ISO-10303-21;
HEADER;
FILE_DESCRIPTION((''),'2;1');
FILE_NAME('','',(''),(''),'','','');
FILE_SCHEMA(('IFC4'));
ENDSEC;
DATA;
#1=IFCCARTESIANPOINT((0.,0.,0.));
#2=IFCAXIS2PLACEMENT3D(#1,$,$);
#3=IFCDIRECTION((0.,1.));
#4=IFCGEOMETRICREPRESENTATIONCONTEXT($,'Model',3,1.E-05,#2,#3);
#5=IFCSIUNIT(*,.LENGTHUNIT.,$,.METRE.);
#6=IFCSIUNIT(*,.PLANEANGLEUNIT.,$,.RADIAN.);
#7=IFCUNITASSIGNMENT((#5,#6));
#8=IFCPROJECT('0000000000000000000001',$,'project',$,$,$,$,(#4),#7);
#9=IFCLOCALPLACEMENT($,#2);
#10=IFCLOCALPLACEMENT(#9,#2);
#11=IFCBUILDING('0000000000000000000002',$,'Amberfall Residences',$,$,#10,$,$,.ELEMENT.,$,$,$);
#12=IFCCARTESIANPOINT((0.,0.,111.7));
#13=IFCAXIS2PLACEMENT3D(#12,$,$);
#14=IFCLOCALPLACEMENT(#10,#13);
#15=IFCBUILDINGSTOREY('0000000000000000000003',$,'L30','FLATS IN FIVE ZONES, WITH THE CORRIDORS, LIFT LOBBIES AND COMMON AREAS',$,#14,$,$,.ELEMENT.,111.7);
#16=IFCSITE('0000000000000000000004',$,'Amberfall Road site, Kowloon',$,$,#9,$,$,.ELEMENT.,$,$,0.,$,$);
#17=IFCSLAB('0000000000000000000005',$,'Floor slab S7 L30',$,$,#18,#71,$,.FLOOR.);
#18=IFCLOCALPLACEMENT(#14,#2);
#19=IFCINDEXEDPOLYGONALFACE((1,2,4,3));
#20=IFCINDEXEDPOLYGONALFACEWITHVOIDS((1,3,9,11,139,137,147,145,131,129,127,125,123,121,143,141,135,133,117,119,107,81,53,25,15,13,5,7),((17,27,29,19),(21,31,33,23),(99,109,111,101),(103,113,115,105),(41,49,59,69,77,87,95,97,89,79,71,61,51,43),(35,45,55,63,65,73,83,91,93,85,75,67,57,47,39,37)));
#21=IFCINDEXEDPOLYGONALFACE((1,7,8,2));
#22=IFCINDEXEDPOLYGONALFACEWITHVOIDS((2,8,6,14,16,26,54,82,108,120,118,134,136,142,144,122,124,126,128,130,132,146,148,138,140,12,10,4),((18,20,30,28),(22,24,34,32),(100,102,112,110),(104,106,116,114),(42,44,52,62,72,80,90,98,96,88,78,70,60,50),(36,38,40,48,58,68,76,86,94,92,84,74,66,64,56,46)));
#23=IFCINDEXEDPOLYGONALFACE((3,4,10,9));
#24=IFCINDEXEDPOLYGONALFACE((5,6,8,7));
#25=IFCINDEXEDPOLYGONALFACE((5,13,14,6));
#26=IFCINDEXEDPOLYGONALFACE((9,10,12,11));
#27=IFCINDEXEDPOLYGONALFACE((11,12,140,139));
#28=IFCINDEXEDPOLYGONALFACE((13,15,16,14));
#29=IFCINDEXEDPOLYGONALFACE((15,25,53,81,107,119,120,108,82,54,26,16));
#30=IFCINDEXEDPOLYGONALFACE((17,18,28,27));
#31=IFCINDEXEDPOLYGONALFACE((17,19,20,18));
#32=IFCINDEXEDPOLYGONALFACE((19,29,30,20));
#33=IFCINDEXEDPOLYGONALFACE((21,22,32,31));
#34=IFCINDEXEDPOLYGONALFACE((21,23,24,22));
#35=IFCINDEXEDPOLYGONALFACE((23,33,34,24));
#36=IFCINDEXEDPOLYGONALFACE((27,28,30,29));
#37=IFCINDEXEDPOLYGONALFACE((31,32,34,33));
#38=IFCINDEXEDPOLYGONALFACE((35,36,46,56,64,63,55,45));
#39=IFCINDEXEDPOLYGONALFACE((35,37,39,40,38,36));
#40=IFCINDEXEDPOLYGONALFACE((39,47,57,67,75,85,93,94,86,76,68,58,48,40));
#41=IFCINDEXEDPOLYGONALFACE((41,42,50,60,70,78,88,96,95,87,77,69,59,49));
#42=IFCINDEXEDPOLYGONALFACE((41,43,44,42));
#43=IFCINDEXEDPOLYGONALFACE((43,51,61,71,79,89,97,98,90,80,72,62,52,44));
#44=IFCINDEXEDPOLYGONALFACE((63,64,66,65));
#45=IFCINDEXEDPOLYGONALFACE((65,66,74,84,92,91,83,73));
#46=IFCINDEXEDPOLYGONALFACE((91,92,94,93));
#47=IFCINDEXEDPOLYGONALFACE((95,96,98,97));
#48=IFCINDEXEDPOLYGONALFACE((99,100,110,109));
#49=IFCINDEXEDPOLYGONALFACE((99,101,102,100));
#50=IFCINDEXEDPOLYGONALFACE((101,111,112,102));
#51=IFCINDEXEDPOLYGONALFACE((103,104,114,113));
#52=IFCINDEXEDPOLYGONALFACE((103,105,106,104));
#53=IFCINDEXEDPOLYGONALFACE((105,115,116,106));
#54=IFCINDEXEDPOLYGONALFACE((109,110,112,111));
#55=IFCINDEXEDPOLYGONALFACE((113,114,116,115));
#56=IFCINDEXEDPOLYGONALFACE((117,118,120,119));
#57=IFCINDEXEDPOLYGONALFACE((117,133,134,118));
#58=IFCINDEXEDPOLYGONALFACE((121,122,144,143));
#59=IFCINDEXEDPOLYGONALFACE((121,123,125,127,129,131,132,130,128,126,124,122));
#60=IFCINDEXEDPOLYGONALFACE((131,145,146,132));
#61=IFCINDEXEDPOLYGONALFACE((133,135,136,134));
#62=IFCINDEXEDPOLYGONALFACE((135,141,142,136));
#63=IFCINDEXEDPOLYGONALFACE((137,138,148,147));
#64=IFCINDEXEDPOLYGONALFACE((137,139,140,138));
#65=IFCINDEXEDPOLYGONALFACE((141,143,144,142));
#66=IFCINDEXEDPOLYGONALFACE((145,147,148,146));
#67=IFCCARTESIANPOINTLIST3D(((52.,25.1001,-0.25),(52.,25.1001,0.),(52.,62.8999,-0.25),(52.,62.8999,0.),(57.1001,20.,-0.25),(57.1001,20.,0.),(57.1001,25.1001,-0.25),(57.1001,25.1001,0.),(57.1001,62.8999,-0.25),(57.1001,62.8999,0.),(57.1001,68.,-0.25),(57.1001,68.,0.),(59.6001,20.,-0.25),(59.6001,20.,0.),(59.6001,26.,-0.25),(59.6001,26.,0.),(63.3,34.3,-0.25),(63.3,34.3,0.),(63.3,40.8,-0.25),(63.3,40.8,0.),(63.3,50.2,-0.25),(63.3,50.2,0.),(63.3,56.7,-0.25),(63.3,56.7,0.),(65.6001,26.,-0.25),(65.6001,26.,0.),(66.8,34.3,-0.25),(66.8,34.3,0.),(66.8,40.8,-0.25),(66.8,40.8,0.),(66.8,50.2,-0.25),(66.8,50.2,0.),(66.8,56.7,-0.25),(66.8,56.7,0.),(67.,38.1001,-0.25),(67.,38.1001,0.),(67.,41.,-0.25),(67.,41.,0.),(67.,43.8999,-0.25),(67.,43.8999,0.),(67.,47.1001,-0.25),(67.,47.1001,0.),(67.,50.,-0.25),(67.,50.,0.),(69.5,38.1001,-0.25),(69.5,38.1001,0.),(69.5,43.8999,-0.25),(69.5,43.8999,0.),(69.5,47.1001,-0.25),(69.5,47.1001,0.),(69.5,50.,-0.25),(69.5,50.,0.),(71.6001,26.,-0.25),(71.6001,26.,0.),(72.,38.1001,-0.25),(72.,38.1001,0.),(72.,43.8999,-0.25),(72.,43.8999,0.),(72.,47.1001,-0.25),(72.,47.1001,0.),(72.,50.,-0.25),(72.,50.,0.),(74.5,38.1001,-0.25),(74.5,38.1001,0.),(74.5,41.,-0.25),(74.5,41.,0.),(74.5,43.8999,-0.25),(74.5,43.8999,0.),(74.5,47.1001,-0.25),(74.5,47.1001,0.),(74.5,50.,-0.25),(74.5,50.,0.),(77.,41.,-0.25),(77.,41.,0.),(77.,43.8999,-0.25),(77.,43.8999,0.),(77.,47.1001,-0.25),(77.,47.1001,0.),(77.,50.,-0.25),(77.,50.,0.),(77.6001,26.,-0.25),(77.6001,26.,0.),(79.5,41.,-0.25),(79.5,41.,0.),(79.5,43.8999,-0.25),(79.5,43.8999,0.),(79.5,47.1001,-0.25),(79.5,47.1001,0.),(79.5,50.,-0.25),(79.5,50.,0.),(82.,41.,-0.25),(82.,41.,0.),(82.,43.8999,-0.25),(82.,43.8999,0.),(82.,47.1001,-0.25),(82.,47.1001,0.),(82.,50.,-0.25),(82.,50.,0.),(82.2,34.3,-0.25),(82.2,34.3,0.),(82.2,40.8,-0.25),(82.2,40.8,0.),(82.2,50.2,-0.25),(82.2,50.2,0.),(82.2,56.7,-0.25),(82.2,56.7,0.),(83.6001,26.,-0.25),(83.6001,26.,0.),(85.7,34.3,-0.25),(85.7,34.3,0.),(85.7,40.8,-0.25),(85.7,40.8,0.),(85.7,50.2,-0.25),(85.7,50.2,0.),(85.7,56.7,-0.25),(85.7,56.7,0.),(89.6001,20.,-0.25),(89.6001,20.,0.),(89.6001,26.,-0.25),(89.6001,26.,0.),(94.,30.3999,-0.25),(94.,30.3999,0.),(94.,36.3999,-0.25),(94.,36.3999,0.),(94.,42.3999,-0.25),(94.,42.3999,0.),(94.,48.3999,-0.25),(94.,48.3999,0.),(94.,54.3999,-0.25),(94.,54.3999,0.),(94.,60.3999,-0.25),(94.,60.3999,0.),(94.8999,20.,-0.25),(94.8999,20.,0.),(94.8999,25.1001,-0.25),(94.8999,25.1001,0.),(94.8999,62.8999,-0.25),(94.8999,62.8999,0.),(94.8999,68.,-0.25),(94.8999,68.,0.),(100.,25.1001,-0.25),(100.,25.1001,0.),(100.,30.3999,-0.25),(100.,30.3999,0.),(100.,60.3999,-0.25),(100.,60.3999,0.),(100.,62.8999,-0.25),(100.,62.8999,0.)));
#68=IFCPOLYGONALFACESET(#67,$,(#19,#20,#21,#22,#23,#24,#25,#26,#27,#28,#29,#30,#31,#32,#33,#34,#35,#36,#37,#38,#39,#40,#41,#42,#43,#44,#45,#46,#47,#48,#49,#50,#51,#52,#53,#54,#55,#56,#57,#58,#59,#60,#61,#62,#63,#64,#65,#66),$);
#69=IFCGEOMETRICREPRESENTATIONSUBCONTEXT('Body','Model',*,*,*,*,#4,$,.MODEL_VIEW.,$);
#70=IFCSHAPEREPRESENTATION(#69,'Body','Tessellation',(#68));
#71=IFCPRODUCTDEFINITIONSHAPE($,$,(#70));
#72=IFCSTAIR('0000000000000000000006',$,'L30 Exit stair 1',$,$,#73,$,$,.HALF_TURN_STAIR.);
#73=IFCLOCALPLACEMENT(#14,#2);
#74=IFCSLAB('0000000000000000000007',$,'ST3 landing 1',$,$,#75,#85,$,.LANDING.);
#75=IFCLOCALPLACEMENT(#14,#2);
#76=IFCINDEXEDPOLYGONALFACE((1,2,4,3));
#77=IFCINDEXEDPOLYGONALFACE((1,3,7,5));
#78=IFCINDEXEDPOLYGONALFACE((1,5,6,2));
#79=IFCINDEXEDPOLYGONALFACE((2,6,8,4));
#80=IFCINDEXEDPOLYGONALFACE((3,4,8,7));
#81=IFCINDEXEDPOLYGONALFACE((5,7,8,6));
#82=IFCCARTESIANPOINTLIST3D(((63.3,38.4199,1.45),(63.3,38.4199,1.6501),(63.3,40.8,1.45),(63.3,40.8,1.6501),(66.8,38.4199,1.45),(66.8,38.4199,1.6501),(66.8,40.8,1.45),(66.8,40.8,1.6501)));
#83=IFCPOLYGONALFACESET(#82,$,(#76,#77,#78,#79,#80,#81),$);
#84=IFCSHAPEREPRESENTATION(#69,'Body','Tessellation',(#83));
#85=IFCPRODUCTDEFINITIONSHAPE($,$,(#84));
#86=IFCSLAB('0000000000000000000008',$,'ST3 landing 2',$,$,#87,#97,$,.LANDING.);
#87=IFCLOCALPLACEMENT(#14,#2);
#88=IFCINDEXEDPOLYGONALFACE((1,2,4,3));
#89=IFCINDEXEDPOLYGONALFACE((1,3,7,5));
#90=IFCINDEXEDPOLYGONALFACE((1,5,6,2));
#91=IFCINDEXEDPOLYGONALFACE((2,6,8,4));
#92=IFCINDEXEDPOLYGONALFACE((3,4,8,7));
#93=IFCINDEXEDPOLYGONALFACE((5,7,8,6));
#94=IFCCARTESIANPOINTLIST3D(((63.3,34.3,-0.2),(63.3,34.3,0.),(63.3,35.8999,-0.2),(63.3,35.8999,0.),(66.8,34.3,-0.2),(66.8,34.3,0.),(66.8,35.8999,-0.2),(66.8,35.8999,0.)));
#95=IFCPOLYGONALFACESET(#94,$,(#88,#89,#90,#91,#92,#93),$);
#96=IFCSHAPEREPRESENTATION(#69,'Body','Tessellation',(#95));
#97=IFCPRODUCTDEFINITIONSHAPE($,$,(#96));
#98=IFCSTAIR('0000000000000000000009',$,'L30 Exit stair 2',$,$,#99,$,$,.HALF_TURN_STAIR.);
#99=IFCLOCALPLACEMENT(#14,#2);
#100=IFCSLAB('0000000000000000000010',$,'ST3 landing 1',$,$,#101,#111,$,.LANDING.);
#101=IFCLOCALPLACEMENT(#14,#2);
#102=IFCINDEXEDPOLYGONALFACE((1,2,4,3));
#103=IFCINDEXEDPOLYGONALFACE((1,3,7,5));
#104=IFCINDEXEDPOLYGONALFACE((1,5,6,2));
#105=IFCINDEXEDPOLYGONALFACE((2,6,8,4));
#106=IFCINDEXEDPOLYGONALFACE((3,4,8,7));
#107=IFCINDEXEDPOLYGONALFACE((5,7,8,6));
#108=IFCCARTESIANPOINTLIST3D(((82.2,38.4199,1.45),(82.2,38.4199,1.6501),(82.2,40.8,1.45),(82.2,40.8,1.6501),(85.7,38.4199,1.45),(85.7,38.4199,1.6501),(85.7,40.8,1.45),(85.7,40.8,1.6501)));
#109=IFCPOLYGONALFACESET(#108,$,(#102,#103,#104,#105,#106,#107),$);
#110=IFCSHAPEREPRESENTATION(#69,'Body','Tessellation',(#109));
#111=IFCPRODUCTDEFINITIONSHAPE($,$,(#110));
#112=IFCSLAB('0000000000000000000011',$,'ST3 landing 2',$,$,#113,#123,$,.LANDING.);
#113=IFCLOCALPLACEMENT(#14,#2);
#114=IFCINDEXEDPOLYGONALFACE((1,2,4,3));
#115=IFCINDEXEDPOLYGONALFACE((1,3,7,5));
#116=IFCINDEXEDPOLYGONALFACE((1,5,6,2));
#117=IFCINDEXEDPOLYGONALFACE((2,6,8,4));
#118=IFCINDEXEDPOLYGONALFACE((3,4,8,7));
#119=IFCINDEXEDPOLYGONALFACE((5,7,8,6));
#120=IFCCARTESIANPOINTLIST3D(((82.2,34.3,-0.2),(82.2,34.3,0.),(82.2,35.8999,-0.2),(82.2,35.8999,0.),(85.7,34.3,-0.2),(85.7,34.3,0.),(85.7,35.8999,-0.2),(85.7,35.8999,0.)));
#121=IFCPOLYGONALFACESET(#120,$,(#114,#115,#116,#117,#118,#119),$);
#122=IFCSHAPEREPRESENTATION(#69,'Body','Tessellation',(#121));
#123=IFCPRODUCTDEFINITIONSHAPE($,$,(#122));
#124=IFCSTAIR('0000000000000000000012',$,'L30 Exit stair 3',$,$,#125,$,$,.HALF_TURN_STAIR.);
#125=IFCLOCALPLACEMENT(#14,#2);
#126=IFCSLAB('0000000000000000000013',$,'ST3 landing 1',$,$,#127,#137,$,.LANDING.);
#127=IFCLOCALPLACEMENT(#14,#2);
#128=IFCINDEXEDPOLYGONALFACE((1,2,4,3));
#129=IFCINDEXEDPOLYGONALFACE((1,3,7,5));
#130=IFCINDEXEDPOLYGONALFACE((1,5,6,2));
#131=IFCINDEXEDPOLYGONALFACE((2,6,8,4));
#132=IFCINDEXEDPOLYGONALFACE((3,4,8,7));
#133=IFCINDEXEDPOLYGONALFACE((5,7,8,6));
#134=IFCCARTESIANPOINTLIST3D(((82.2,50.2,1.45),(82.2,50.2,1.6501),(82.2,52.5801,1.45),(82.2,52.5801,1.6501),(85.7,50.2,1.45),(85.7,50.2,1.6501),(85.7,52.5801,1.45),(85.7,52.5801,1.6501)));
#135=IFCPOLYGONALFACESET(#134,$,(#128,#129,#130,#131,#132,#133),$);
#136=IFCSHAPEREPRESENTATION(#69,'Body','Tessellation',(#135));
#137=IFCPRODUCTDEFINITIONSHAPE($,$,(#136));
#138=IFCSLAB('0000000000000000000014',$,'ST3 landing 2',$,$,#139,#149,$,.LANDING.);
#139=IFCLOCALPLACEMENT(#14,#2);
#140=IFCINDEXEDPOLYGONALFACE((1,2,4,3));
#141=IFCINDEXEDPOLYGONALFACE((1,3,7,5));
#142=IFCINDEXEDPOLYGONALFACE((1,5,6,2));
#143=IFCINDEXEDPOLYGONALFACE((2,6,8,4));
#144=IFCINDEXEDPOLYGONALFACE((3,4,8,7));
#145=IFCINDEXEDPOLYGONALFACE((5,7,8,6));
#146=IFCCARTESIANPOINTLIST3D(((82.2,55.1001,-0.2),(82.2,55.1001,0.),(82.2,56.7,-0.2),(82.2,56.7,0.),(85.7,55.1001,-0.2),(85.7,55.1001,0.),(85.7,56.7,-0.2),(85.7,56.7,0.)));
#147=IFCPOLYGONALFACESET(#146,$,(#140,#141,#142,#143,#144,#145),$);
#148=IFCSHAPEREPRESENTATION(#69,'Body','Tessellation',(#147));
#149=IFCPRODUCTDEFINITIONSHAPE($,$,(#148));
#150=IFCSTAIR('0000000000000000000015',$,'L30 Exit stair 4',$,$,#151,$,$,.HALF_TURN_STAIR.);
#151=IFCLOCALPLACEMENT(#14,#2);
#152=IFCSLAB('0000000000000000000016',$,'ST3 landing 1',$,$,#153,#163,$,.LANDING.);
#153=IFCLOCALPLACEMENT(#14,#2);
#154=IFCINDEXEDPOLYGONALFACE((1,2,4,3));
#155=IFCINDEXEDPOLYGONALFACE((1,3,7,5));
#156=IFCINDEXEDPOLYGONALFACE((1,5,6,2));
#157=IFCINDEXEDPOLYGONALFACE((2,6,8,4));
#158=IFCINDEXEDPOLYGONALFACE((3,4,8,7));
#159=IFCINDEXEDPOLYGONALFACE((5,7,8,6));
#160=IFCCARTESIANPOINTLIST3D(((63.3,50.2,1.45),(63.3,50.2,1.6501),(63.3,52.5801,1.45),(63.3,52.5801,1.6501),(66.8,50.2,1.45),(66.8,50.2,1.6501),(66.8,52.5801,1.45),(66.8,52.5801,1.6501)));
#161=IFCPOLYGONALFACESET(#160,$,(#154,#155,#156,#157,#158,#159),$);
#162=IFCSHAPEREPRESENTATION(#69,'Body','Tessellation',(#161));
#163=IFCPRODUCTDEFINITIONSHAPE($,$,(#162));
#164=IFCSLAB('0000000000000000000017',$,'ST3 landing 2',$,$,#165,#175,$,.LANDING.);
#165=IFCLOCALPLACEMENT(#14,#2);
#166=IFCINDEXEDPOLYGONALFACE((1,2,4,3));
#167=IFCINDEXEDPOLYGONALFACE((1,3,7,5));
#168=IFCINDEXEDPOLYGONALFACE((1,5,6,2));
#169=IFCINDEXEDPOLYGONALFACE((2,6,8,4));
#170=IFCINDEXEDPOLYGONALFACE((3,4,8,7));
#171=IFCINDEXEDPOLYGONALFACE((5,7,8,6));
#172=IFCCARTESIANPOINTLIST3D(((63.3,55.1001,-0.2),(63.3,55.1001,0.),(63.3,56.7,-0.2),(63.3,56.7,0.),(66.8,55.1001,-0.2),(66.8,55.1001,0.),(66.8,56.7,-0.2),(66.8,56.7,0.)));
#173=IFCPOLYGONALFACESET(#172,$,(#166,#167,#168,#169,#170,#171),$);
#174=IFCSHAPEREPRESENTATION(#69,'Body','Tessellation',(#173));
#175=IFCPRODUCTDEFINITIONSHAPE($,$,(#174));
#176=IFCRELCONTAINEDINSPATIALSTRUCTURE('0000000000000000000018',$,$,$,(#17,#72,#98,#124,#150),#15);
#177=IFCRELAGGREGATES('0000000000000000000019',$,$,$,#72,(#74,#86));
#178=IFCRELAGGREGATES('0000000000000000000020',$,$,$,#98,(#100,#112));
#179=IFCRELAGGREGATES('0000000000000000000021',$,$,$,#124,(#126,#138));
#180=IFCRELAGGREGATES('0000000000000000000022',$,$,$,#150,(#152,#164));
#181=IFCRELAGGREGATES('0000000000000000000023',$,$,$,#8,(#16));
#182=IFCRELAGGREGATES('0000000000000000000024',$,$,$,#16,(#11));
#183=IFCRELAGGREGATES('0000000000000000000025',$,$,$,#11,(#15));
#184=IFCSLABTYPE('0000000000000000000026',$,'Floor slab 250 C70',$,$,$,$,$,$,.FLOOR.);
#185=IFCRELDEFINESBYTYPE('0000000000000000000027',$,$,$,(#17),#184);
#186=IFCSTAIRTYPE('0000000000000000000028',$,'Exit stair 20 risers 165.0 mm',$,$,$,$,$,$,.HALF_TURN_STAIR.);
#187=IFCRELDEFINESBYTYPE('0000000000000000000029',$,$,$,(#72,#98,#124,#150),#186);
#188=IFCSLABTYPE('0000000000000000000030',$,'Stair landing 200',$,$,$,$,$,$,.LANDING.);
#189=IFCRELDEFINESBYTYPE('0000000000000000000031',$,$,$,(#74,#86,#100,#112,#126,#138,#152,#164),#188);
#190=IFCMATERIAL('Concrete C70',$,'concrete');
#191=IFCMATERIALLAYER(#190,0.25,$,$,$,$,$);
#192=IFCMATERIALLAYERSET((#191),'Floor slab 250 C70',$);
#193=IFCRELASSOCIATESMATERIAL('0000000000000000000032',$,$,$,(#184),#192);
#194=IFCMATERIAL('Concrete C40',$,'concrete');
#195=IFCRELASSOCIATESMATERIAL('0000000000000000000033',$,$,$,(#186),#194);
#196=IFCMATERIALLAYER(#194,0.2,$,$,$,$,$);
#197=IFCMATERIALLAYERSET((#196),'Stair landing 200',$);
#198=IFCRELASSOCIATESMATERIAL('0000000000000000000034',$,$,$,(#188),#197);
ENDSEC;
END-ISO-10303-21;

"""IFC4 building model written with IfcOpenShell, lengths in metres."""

from ifc_helpers import new_model, si_unit, direction, frame, origin, place, context, subcontext, project, spatial, polyline, outline, extrude, material, layer, layer_set, type_object, element, aggregate, save


model = new_model("IFC4")

# Units and contexts
model_context = context("Model", 3, precision=1e-05, world=origin(), true_north=direction((0.0, 1.0)))
body_context = subcontext(model_context, "Body", "Model", "MODEL_VIEW")
ifc_project = project(units=[si_unit("LENGTHUNIT", "METRE"), si_unit("PLANEANGLEUNIT", "RADIAN")], contexts=[model_context])

# Site, building, storey
site_placement = place(None, origin())
site = spatial("IfcSite", under=ifc_project, at=site_placement, Name="Amberfall Road site, Kowloon", CompositionType="ELEMENT", RefElevation=0.0)
building_placement = place(site_placement, origin())
building = spatial("IfcBuilding", under=site, at=building_placement, Name="Amberfall Residences", CompositionType="ELEMENT")
storey_placement = place(building_placement, frame((0.0, 0.0, 111.7)))
storey = spatial("IfcBuildingStorey", under=building, at=storey_placement, Name="L30", Description="FLATS IN FIVE ZONES, WITH THE CORRIDORS, LIFT LOBBIES AND COMMON AREAS", CompositionType="ELEMENT", Elevation=111.7)

# Shared definitions
ifc_material_1 = material(Name="Concrete C70", Category="concrete")

# Slab
ifc_layer_1 = layer(ifc_material_1, 0.25)
ifc_layer_set_1 = layer_set([ifc_layer_1], Name="Floor slab 250 C70")
slab_type_1 = type_object("IfcSlabType", Name="Floor slab 250 C70", PredefinedType="FLOOR", material=ifc_layer_set_1)
slab_1_placement = place(storey_placement, frame((0.0, 0.0, -0.25)))
element("IfcSlab", 1, at=slab_1_placement, inside=storey, type_object=slab_type_1, Name="Floor slab S7 L30", PredefinedType="FLOOR", context=body_context, shape_type="SweptSolid", body=[
    extrude(outline(polyline([(89.6001, 20.0), (89.6001, 26.0), (83.6001, 26.0), (77.6001, 26.0), (71.6001, 26.0), (65.6001, 26.0), (59.6001, 26.0), (59.6001, 20.0), (57.1001, 20.0), (57.1001, 25.1001), (52.0, 25.1001), (52.0, 62.8999), (57.1001, 62.8999), (57.1001, 68.0), (94.8999, 68.0), (94.8999, 62.8999), (100.0, 62.8999), (100.0, 60.3999), (94.0, 60.3999), (94.0, 54.3999), (94.0, 48.3999), (94.0, 42.3999), (94.0, 36.3999), (94.0, 30.3999), (100.0, 30.3999), (100.0, 25.1001), (94.8999, 25.1001), (94.8999, 20.0), (89.6001, 20.0)]), holes=[polyline([(85.7, 34.3), (85.7, 40.8), (82.2, 40.8), (82.2, 34.3), (85.7, 34.3)]), polyline([(82.2, 50.2), (85.7, 50.2), (85.7, 56.7), (82.2, 56.7), (82.2, 50.2)]), polyline([(69.5, 50.0), (67.0, 50.0), (67.0, 47.1001), (69.5, 47.1001), (72.0, 47.1001), (74.5, 47.1001), (77.0, 47.1001), (79.5, 47.1001), (82.0, 47.1001), (82.0, 50.0), (79.5, 50.0), (77.0, 50.0), (74.5, 50.0), (72.0, 50.0), (69.5, 50.0)]), polyline([(74.5, 41.0), (77.0, 41.0), (79.5, 41.0), (82.0, 41.0), (82.0, 43.8999), (79.5, 43.8999), (77.0, 43.8999), (74.5, 43.8999), (72.0, 43.8999), (69.5, 43.8999), (67.0, 43.8999), (67.0, 41.0), (67.0, 38.1001), (69.5, 38.1001), (72.0, 38.1001), (74.5, 38.1001), (74.5, 41.0)]), polyline([(66.8, 34.3), (66.8, 40.8), (63.3, 40.8), (63.3, 34.3), (66.8, 34.3)]), polyline([(66.8, 50.2), (66.8, 56.7), (63.3, 56.7), (63.3, 50.2), (66.8, 50.2)])]), origin(), (0.0, 0.0, 1.0), 0.25),
])

# Stairs, slabs
ifc_material_2 = material(Name="Concrete C40", Category="concrete")
stair_type = type_object("IfcStairType", Name="Exit stair 20 risers 165.0 mm", PredefinedType="HALF_TURN_STAIR", material=ifc_material_2)
stair_1_placement = place(storey_placement, origin())
stair_1 = element("IfcStair", 2, at=stair_1_placement, inside=storey, type_object=stair_type, Name="L30 Exit stair 1", PredefinedType="HALF_TURN_STAIR")
ifc_layer_2 = layer(ifc_material_2, 0.2)
ifc_layer_set_2 = layer_set([ifc_layer_2], Name="Stair landing 200")
slab_type_2 = type_object("IfcSlabType", Name="Stair landing 200", PredefinedType="LANDING", material=ifc_layer_set_2)
slab_2_placement = place(storey_placement, frame((0.0, 0.0, 1.45)))
slab_2 = element("IfcSlab", 3, at=slab_2_placement, type_object=slab_type_2, Name="ST3 landing 1", PredefinedType="LANDING", context=body_context, shape_type="SweptSolid", body=[
    extrude(outline(polyline([(66.8, 38.4199), (66.8, 40.8), (63.3, 40.8), (63.3, 38.4199), (66.8, 38.4199)])), origin(), (0.0, 0.0, 1.0), 0.2002),
])
slab_3_placement = place(storey_placement, frame((0.0, 0.0, -0.2)))
slab_3 = element("IfcSlab", 4, at=slab_3_placement, type_object=slab_type_2, Name="ST3 landing 2", PredefinedType="LANDING", context=body_context, shape_type="SweptSolid", body=[
    extrude(outline(polyline([(66.8, 34.3), (66.8, 35.8999), (63.3, 35.8999), (63.3, 34.3), (66.8, 34.3)])), origin(), (0.0, 0.0, 1.0), 0.2),
])
aggregate(stair_1, [slab_2, slab_3])
stair_2_placement = place(storey_placement, origin())
stair_2 = element("IfcStair", 5, at=stair_2_placement, inside=storey, type_object=stair_type, Name="L30 Exit stair 2", PredefinedType="HALF_TURN_STAIR")
slab_4_placement = place(storey_placement, frame((0.0, 0.0, 1.45)))
slab_4 = element("IfcSlab", 6, at=slab_4_placement, type_object=slab_type_2, Name="ST3 landing 1", PredefinedType="LANDING", context=body_context, shape_type="SweptSolid", body=[
    extrude(outline(polyline([(85.7, 38.4199), (85.7, 40.8), (82.2, 40.8), (82.2, 38.4199), (85.7, 38.4199)])), origin(), (0.0, 0.0, 1.0), 0.2002),
])
slab_5_placement = place(storey_placement, frame((0.0, 0.0, -0.2)))
slab_5 = element("IfcSlab", 7, at=slab_5_placement, type_object=slab_type_2, Name="ST3 landing 2", PredefinedType="LANDING", context=body_context, shape_type="SweptSolid", body=[
    extrude(outline(polyline([(85.7, 34.3), (85.7, 35.8999), (82.2, 35.8999), (82.2, 34.3), (85.7, 34.3)])), origin(), (0.0, 0.0, 1.0), 0.2),
])
aggregate(stair_2, [slab_4, slab_5])
stair_3_placement = place(storey_placement, origin())
stair_3 = element("IfcStair", 8, at=stair_3_placement, inside=storey, type_object=stair_type, Name="L30 Exit stair 3", PredefinedType="HALF_TURN_STAIR")
slab_6_placement = place(storey_placement, frame((0.0, 0.0, 1.45)))
slab_6 = element("IfcSlab", 9, at=slab_6_placement, type_object=slab_type_2, Name="ST3 landing 1", PredefinedType="LANDING", context=body_context, shape_type="SweptSolid", body=[
    extrude(outline(polyline([(82.2, 52.5801), (82.2, 50.2), (85.7, 50.2), (85.7, 52.5801), (82.2, 52.5801)])), origin(), (0.0, 0.0, 1.0), 0.2002),
])
slab_7_placement = place(storey_placement, frame((0.0, 0.0, -0.2)))
slab_7 = element("IfcSlab", 10, at=slab_7_placement, type_object=slab_type_2, Name="ST3 landing 2", PredefinedType="LANDING", context=body_context, shape_type="SweptSolid", body=[
    extrude(outline(polyline([(82.2, 56.7), (82.2, 55.1001), (85.7, 55.1001), (85.7, 56.7), (82.2, 56.7)])), origin(), (0.0, 0.0, 1.0), 0.2),
])
aggregate(stair_3, [slab_6, slab_7])
stair_4_placement = place(storey_placement, origin())
stair_4 = element("IfcStair", 11, at=stair_4_placement, inside=storey, type_object=stair_type, Name="L30 Exit stair 4", PredefinedType="HALF_TURN_STAIR")
slab_8_placement = place(storey_placement, frame((0.0, 0.0, 1.45)))
slab_8 = element("IfcSlab", 12, at=slab_8_placement, type_object=slab_type_2, Name="ST3 landing 1", PredefinedType="LANDING", context=body_context, shape_type="SweptSolid", body=[
    extrude(outline(polyline([(63.3, 52.5801), (63.3, 50.2), (66.8, 50.2), (66.8, 52.5801), (63.3, 52.5801)])), origin(), (0.0, 0.0, 1.0), 0.2002),
])
slab_9_placement = place(storey_placement, frame((0.0, 0.0, -0.2)))
slab_9 = element("IfcSlab", 13, at=slab_9_placement, type_object=slab_type_2, Name="ST3 landing 2", PredefinedType="LANDING", context=body_context, shape_type="SweptSolid", body=[
    extrude(outline(polyline([(63.3, 56.7), (63.3, 55.1001), (66.8, 55.1001), (66.8, 56.7), (63.3, 56.7)])), origin(), (0.0, 0.0, 1.0), 0.2),
])
aggregate(stair_4, [slab_8, slab_9])

save(model, "model.ifc")
